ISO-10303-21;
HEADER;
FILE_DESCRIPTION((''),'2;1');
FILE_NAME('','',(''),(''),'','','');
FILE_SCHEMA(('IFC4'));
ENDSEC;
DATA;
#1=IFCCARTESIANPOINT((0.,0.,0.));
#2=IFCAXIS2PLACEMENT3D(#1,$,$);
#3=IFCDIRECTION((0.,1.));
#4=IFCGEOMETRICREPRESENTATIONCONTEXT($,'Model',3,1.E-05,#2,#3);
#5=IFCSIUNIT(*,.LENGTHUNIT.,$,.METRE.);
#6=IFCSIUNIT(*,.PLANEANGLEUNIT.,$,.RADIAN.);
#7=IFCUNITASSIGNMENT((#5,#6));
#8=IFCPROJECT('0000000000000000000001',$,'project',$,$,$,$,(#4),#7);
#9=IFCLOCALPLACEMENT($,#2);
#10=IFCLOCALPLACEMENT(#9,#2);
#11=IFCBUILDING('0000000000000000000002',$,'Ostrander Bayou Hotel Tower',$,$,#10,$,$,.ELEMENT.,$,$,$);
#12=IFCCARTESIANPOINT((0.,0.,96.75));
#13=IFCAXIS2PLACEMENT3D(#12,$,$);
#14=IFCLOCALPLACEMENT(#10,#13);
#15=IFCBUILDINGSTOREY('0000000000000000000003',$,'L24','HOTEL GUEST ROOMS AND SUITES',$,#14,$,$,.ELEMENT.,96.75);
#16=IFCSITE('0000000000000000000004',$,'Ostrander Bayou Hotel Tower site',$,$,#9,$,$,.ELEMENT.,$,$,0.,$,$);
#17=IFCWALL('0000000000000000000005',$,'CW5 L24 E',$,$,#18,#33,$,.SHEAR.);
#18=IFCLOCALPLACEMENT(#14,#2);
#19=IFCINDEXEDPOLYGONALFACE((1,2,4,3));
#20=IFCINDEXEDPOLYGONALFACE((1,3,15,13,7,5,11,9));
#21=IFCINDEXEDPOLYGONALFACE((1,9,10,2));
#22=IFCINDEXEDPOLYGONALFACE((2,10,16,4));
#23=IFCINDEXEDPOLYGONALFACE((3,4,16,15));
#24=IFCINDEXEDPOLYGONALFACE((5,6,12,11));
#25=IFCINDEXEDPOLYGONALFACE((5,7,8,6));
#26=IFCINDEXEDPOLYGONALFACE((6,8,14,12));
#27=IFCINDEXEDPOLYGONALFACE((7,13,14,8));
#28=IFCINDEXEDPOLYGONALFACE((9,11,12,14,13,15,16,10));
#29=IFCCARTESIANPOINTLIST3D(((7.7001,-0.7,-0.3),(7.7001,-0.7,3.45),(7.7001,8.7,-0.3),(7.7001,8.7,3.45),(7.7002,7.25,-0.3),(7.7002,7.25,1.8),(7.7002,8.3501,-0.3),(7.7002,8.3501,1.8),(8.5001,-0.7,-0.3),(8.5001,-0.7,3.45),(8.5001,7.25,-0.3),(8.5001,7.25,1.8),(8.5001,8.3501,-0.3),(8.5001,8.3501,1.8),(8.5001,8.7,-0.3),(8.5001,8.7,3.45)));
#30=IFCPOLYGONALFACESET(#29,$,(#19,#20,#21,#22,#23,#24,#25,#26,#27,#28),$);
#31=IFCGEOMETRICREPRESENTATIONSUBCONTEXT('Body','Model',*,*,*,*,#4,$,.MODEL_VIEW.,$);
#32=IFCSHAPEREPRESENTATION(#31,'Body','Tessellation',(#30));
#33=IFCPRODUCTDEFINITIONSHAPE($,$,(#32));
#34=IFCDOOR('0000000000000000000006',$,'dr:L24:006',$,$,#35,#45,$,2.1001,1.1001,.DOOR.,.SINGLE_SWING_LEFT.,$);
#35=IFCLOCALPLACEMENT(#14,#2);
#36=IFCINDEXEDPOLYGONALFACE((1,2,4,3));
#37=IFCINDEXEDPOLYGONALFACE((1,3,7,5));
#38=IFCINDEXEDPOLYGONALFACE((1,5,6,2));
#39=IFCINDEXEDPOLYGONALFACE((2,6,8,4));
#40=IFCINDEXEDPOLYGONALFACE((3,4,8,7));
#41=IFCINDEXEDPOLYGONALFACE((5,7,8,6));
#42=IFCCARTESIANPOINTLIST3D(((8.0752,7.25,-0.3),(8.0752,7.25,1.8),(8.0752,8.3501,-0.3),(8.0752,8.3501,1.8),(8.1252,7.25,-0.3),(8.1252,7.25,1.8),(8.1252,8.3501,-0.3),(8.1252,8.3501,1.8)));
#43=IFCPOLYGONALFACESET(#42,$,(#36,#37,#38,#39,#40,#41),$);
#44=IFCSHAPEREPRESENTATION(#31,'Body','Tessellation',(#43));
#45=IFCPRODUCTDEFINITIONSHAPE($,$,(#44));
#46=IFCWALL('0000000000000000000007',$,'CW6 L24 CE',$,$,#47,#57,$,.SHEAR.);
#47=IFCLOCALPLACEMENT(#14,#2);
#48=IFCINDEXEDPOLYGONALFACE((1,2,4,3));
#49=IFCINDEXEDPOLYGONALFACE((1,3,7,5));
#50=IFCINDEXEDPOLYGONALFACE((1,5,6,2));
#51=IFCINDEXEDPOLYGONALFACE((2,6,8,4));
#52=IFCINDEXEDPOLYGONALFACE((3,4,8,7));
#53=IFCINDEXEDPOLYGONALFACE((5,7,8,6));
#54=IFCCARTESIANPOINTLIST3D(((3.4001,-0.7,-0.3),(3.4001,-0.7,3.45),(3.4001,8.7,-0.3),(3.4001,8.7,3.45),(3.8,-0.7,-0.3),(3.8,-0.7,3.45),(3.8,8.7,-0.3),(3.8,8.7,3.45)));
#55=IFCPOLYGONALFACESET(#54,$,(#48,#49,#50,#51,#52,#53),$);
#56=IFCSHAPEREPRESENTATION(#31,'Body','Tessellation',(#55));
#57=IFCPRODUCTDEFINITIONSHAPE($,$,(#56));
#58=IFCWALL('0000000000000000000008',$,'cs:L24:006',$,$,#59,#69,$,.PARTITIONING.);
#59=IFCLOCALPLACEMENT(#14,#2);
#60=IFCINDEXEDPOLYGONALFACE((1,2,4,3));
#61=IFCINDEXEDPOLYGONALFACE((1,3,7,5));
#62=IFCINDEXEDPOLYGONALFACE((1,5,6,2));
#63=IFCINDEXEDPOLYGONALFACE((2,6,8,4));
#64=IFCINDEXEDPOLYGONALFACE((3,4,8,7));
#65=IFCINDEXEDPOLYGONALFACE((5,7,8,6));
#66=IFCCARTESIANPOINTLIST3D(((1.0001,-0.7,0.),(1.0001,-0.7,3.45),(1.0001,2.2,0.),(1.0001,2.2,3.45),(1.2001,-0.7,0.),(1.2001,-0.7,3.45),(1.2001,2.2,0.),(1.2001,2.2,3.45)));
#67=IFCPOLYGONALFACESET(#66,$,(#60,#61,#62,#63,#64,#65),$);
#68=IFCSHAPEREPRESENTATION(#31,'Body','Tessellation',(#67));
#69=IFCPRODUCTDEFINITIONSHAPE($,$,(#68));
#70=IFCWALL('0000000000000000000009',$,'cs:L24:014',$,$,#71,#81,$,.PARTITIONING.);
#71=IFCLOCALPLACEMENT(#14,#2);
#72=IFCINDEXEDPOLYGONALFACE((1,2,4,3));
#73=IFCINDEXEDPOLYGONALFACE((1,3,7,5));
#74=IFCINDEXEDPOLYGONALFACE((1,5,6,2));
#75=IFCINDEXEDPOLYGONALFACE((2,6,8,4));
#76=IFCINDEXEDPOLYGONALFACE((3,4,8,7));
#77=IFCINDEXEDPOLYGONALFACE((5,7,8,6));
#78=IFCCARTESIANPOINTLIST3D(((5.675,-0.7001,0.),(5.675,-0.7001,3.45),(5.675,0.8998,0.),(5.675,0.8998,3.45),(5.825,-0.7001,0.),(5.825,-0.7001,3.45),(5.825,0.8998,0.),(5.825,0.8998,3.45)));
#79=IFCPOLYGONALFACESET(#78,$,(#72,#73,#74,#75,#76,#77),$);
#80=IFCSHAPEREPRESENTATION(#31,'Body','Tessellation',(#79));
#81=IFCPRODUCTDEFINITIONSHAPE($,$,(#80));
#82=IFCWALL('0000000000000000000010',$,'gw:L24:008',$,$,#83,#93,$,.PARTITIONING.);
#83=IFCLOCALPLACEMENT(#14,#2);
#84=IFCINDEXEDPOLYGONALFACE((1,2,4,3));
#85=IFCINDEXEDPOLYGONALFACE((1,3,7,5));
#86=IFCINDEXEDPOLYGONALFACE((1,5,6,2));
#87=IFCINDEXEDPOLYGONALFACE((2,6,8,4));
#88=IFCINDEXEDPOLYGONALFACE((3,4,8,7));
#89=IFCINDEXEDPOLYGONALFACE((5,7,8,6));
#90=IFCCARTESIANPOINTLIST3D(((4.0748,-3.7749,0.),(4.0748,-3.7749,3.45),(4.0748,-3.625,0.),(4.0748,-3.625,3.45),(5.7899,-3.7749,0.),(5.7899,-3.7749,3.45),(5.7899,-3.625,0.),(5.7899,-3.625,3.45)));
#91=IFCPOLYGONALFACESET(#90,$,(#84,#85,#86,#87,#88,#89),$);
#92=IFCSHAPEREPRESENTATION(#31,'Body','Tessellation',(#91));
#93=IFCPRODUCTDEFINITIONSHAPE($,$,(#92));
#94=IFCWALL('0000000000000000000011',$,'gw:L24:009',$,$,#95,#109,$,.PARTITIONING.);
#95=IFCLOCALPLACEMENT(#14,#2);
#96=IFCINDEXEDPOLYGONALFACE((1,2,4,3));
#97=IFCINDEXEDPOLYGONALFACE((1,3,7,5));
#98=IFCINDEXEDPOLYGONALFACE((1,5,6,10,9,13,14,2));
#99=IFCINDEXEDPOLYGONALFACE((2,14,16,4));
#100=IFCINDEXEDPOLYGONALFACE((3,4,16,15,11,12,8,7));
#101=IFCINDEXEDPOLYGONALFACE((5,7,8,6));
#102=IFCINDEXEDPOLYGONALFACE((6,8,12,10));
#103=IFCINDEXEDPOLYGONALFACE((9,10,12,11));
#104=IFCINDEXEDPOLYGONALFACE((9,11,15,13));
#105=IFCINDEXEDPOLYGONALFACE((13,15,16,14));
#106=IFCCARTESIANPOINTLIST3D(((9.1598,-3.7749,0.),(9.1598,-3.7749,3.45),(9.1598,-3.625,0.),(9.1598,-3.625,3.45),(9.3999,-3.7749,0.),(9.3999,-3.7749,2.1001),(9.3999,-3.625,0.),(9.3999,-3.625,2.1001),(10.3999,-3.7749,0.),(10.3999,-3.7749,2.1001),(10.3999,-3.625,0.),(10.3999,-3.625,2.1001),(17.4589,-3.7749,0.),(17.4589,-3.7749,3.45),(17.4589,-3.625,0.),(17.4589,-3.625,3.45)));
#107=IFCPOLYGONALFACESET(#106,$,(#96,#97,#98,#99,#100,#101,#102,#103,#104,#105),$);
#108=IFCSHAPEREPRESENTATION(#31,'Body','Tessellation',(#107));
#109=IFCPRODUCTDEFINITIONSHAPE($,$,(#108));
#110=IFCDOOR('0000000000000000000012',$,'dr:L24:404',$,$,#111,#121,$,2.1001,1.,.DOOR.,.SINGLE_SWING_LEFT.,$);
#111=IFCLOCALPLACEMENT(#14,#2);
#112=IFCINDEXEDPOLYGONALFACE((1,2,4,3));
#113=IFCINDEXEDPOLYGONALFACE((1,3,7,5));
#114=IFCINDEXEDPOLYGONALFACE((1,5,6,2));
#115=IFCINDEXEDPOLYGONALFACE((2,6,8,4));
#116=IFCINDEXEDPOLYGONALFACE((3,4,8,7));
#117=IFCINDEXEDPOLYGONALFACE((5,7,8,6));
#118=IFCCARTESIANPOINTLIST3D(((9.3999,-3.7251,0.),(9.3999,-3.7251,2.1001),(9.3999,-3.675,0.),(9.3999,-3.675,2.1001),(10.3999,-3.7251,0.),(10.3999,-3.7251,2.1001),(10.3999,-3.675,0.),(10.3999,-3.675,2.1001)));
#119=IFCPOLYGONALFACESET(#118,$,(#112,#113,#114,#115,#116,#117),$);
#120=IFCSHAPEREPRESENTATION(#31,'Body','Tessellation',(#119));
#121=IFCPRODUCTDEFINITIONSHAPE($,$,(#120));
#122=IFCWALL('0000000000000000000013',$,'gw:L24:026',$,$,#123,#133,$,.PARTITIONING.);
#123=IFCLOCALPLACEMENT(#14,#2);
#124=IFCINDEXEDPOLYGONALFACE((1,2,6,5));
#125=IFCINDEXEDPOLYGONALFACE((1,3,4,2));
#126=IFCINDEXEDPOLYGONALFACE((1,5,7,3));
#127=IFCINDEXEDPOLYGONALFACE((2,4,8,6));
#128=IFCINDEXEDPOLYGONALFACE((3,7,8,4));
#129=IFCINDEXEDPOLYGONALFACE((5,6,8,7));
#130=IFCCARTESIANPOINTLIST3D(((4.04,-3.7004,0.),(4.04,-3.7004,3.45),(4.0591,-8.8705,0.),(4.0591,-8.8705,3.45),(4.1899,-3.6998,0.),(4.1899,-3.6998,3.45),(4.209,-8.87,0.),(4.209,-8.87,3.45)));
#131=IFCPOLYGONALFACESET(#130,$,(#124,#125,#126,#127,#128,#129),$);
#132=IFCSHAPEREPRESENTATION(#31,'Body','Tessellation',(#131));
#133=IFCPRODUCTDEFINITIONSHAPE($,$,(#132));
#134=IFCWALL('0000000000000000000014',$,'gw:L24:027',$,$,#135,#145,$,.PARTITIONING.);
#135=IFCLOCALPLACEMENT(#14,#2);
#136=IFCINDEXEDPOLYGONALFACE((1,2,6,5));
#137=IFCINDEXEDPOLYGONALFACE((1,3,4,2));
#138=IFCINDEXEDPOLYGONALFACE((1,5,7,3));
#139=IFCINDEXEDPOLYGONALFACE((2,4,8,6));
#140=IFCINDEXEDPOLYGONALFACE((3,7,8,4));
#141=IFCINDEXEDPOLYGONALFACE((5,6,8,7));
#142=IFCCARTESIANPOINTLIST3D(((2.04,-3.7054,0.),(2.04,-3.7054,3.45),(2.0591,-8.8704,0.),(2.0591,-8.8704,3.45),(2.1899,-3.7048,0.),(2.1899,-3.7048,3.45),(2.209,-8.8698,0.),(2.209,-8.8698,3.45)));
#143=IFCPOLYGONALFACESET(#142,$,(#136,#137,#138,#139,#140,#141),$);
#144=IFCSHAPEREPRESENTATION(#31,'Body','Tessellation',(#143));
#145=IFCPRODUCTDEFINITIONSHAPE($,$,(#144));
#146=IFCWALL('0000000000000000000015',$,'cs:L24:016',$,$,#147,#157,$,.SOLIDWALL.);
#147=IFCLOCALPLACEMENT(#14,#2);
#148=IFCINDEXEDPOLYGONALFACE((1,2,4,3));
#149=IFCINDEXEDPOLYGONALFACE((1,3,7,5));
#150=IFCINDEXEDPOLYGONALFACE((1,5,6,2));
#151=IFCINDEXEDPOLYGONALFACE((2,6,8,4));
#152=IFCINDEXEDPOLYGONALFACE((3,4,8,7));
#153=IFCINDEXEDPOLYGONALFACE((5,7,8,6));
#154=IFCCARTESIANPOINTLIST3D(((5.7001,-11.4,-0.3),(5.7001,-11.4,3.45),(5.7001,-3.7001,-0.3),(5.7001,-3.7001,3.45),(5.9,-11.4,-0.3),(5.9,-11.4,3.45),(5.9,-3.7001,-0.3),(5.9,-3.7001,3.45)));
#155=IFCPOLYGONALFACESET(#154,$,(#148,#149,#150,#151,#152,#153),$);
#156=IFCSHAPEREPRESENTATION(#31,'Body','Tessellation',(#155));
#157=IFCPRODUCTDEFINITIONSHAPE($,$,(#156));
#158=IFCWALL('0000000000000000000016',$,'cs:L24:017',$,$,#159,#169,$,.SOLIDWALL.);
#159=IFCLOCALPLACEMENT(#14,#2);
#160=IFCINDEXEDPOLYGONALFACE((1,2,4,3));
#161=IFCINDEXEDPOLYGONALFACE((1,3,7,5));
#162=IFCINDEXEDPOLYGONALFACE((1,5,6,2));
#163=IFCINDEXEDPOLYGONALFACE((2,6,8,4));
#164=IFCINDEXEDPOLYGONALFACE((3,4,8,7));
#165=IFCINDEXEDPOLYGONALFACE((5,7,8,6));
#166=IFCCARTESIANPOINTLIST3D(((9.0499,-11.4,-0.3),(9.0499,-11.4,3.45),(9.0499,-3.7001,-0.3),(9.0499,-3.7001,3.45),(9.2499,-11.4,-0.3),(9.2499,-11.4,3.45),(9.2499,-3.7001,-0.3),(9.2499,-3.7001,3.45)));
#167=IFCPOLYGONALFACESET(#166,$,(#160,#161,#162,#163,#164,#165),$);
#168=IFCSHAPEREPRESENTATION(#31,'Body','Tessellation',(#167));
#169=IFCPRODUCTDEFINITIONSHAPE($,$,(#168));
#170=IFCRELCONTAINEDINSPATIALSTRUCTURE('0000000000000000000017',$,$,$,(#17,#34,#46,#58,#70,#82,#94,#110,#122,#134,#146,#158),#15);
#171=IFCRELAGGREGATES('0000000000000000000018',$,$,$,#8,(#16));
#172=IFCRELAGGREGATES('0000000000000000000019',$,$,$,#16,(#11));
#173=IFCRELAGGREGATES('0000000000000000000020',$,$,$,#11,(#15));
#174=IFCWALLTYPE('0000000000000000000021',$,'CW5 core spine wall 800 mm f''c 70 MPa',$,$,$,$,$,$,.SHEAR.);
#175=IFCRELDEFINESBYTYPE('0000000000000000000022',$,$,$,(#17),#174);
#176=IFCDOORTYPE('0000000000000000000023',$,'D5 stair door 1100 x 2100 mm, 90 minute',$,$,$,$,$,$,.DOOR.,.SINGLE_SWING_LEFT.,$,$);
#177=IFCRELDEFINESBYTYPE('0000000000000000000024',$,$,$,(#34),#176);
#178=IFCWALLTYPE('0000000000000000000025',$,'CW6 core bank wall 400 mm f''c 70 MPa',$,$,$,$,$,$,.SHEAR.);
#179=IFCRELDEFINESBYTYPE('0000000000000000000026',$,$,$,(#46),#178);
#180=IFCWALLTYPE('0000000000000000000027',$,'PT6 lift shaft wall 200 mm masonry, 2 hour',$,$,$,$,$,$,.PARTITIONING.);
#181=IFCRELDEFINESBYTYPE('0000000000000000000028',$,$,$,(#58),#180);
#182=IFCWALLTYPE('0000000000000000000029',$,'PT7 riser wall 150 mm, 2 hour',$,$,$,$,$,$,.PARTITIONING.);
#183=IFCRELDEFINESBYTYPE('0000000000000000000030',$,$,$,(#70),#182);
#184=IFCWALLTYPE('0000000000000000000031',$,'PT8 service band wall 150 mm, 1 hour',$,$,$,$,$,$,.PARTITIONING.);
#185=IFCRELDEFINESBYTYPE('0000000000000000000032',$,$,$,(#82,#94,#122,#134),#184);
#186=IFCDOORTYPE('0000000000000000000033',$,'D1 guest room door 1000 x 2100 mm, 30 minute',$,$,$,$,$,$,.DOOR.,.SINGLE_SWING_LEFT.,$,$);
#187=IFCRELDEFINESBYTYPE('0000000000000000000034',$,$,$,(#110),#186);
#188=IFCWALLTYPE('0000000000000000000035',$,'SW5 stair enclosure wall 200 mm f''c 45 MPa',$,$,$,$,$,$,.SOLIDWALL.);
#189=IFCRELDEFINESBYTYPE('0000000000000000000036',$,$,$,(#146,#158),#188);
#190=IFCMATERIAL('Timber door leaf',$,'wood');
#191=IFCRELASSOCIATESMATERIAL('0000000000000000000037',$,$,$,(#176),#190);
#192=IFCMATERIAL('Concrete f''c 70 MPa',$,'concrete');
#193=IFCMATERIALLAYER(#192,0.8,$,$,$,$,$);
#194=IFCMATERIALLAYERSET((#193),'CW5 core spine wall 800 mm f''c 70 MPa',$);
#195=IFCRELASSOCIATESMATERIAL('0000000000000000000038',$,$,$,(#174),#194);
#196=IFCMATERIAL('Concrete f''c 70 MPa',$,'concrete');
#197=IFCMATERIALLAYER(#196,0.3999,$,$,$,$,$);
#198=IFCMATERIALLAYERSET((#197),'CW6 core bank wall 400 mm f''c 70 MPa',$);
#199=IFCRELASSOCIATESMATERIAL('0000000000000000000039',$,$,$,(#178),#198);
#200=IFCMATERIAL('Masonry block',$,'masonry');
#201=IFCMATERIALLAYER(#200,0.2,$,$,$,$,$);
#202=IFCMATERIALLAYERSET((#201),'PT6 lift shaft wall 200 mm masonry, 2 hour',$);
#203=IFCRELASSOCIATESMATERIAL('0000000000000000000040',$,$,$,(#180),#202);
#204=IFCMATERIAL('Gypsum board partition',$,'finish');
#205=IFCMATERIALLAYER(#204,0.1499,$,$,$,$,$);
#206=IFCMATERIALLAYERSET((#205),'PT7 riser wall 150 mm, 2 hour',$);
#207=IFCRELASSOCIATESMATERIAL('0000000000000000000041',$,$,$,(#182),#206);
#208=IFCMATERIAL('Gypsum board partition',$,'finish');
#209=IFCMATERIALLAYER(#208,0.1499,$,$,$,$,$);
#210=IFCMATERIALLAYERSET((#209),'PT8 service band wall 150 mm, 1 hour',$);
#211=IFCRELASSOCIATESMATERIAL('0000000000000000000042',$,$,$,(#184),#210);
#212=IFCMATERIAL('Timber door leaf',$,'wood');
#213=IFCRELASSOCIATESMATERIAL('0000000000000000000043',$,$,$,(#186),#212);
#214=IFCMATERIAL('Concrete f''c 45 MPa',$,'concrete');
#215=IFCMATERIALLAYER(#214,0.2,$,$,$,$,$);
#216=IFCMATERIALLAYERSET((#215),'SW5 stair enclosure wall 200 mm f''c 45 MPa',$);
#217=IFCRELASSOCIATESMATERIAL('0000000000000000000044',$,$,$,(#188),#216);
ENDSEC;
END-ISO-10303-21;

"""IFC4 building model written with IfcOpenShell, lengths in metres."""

from ifc_helpers import new_model, si_unit, direction, frame, frame_2d, origin, place, context, subcontext, project, spatial, rectangle, extrude, material, layer, layer_set, type_object, element, fill, save


model = new_model("IFC4")

# Units and contexts
model_context = context("Model", 3, precision=1e-05, world=origin(), true_north=direction((0.0, 1.0)))
body_context = subcontext(model_context, "Body", "Model", "MODEL_VIEW")
ifc_project = project(units=[si_unit("LENGTHUNIT", "METRE"), si_unit("PLANEANGLEUNIT", "RADIAN")], contexts=[model_context])

# Site, building, storey
site_placement = place(None, origin())
site = spatial("IfcSite", under=ifc_project, at=site_placement, Name="Ostrander Bayou Hotel Tower site", CompositionType="ELEMENT", RefElevation=0.0)
building_placement = place(site_placement, origin())
building = spatial("IfcBuilding", under=site, at=building_placement, Name="Ostrander Bayou Hotel Tower", CompositionType="ELEMENT")
storey_placement = place(building_placement, frame((0.0, 0.0, 96.75)))
storey = spatial("IfcBuildingStorey", under=building, at=storey_placement, Name="L24", Description="HOTEL GUEST ROOMS AND SUITES", CompositionType="ELEMENT", Elevation=96.75)

# Shared definitions
ifc_material_1 = material(Name="Timber door leaf", Category="wood")
door_type_1 = type_object("IfcDoorType", Name="D5 stair door 1100 x 2100 mm, 90 minute", OperationType="SINGLE_SWING_LEFT", PredefinedType="DOOR", material=ifc_material_1)

# Wall, opening, door
ifc_material_2 = material(Name="Concrete f'c 70 MPa", Category="concrete")
ifc_layer_1 = layer(ifc_material_2, 0.8)
ifc_layer_set_1 = layer_set([ifc_layer_1], Name="CW5 core spine wall 800 mm f'c 70 MPa")
wall_type_1 = type_object("IfcWallType", Name="CW5 core spine wall 800 mm f'c 70 MPa", PredefinedType="SHEAR", material=ifc_layer_set_1)
wall_1_placement = place(storey_placement, frame((8.1001, -0.7, -0.3), z_axis=(0.0, 0.0, 1.0), x_axis=(0.0, 1.0, 0.0)))
wall_1 = element("IfcWall", 1, at=wall_1_placement, inside=storey, type_object=wall_type_1, Name="CW5 L24 E", PredefinedType="SHEAR", context=body_context, shape_type="SweptSolid", body=[
    extrude(rectangle(XDim=9.3999, YDim=0.8, at=frame_2d((4.7, 0.0))), origin(), (0.0, 0.0, 1.0), 3.75),
])
opening_1_placement = place(wall_1_placement, frame((7.95, 0.0, 0.0)))
opening_1 = element("IfcOpeningElement", 2, at=opening_1_placement, cuts=wall_1, PredefinedType="OPENING", context=body_context, shape_type="SweptSolid", body=[
    extrude(rectangle(XDim=1.1001, YDim=2.1001, at=frame_2d((0.55, 1.05))), frame((0.0, 0.3999, 0.0), z_axis=(0.0, -1.0, 0.0), x_axis=(1.0, 0.0, 0.0)), (0.0, 0.0, 1.0), 0.8),
])
door_1_placement = place(opening_1_placement, origin())
door_1 = element("IfcDoor", 3, at=door_1_placement, inside=storey, type_object=door_type_1, Name="dr:L24:006", OperationType="SINGLE_SWING_LEFT", OverallHeight=2.1001, OverallWidth=1.1001, PredefinedType="DOOR", context=body_context, shape_type="SweptSolid", body=[
    extrude(rectangle(XDim=1.1001, YDim=2.1001, at=frame_2d((0.55, 1.05))), frame((0.0, 0.0249, 0.0), z_axis=(0.0, -1.0, 0.0), x_axis=(1.0, 0.0, 0.0)), (0.0, 0.0, 1.0), 0.05),
])
fill(opening_1, door_1)

# Walls
ifc_material_3 = material(Name="Concrete f'c 70 MPa", Category="concrete")
ifc_layer_2 = layer(ifc_material_3, 0.3999)
ifc_layer_set_2 = layer_set([ifc_layer_2], Name="CW6 core bank wall 400 mm f'c 70 MPa")
wall_type_2 = type_object("IfcWallType", Name="CW6 core bank wall 400 mm f'c 70 MPa", PredefinedType="SHEAR", material=ifc_layer_set_2)
wall_2_placement = place(storey_placement, frame((3.6001, -0.7, -0.3), z_axis=(0.0, 0.0, 1.0), x_axis=(0.0, 1.0, 0.0)))
element("IfcWall", 4, at=wall_2_placement, inside=storey, type_object=wall_type_2, Name="CW6 L24 CE", PredefinedType="SHEAR", context=body_context, shape_type="SweptSolid", body=[
    extrude(rectangle(XDim=9.3999, YDim=0.3999, at=frame_2d((4.7, 0.0))), origin(), (0.0, 0.0, 1.0), 3.75),
])
ifc_material_4 = material(Name="Masonry block", Category="masonry")
ifc_layer_3 = layer(ifc_material_4, 0.2)
ifc_layer_set_3 = layer_set([ifc_layer_3], Name="PT6 lift shaft wall 200 mm masonry, 2 hour")
wall_type_3 = type_object("IfcWallType", Name="PT6 lift shaft wall 200 mm masonry, 2 hour", PredefinedType="PARTITIONING", material=ifc_layer_set_3)
wall_3_placement = place(storey_placement, frame((1.1001, -0.7, 0.0), z_axis=(0.0, 0.0, 1.0), x_axis=(0.0, 1.0, 0.0)))
element("IfcWall", 5, at=wall_3_placement, inside=storey, type_object=wall_type_3, Name="cs:L24:006", PredefinedType="PARTITIONING", context=body_context, shape_type="SweptSolid", body=[
    extrude(rectangle(XDim=2.8999, YDim=0.2, at=frame_2d((1.45, 0.0))), origin(), (0.0, 0.0, 1.0), 3.45),
])
ifc_material_5 = material(Name="Gypsum board partition", Category="finish")
ifc_layer_4 = layer(ifc_material_5, 0.1499)
ifc_layer_set_4 = layer_set([ifc_layer_4], Name="PT7 riser wall 150 mm, 2 hour")
wall_type_4 = type_object("IfcWallType", Name="PT7 riser wall 150 mm, 2 hour", PredefinedType="PARTITIONING", material=ifc_layer_set_4)
wall_4_placement = place(storey_placement, frame((5.75, -0.7, 0.0), z_axis=(0.0, 0.0, 1.0), x_axis=(0.0, 1.0, 0.0)))
element("IfcWall", 6, at=wall_4_placement, inside=storey, type_object=wall_type_4, Name="cs:L24:014", PredefinedType="PARTITIONING", context=body_context, shape_type="SweptSolid", body=[
    extrude(rectangle(XDim=1.5999, YDim=0.1499, at=frame_2d((0.7998, 0.0))), origin(), (0.0, 0.0, 1.0), 3.45),
])
ifc_material_6 = material(Name="Gypsum board partition", Category="finish")
ifc_layer_5 = layer(ifc_material_6, 0.1499)
ifc_layer_set_5 = layer_set([ifc_layer_5], Name="PT8 service band wall 150 mm, 1 hour")
wall_type_5 = type_object("IfcWallType", Name="PT8 service band wall 150 mm, 1 hour", PredefinedType="PARTITIONING", material=ifc_layer_set_5)
wall_5_placement = place(storey_placement, frame((4.075, -3.7, 0.0), z_axis=(0.0, 0.0, 1.0), x_axis=(1.0, 0.0, 0.0)))
element("IfcWall", 7, at=wall_5_placement, inside=storey, type_object=wall_type_5, Name="gw:L24:008", PredefinedType="PARTITIONING", context=body_context, shape_type="SweptSolid", body=[
    extrude(rectangle(XDim=1.7151, YDim=0.1499, at=frame_2d((0.8574, 0.0))), origin(), (0.0, 0.0, 1.0), 3.45),
])

# Wall, opening, door
wall_6_placement = place(storey_placement, frame((9.1599, -3.7, 0.0), z_axis=(0.0, 0.0, 1.0), x_axis=(1.0, 0.0, 0.0)))
wall_6 = element("IfcWall", 8, at=wall_6_placement, inside=storey, type_object=wall_type_5, Name="gw:L24:009", PredefinedType="PARTITIONING", context=body_context, shape_type="SweptSolid", body=[
    extrude(rectangle(XDim=8.2991, YDim=0.1499, at=frame_2d((4.1494, 0.0))), origin(), (0.0, 0.0, 1.0), 3.45),
])
opening_2_placement = place(wall_6_placement, frame((0.24, 0.0, 0.0)))
opening_2 = element("IfcOpeningElement", 9, at=opening_2_placement, cuts=wall_6, PredefinedType="OPENING", context=body_context, shape_type="SweptSolid", body=[
    extrude(rectangle(XDim=1.0, YDim=2.1001, at=frame_2d((0.5, 1.05))), frame((0.0, 0.075, 0.0), z_axis=(0.0, -1.0, 0.0), x_axis=(1.0, 0.0, 0.0)), (0.0, 0.0, 1.0), 0.1499),
])
ifc_material_7 = material(Name="Timber door leaf", Category="wood")
door_type_2 = type_object("IfcDoorType", Name="D1 guest room door 1000 x 2100 mm, 30 minute", OperationType="SINGLE_SWING_LEFT", PredefinedType="DOOR", material=ifc_material_7)
door_2_placement = place(opening_2_placement, origin())
door_2 = element("IfcDoor", 10, at=door_2_placement, inside=storey, type_object=door_type_2, Name="dr:L24:404", OperationType="SINGLE_SWING_LEFT", OverallHeight=2.1001, OverallWidth=1.0, PredefinedType="DOOR", context=body_context, shape_type="SweptSolid", body=[
    extrude(rectangle(XDim=1.0, YDim=2.1001, at=frame_2d((0.5, 1.05))), frame((0.0, 0.0249, 0.0), z_axis=(0.0, -1.0, 0.0), x_axis=(1.0, 0.0, 0.0)), (0.0, 0.0, 1.0), 0.05),
])
fill(opening_2, door_2)

# Walls
wall_7_placement = place(storey_placement, frame((4.134, -8.8701, 0.0), z_axis=(0.0, 0.0, 1.0), x_axis=(-0.003683, 0.999993, 0.0)))
element("IfcWall", 11, at=wall_7_placement, inside=storey, type_object=wall_type_5, Name="gw:L24:026", PredefinedType="PARTITIONING", context=body_context, shape_type="SweptSolid", body=[
    extrude(rectangle(XDim=5.1702, YDim=0.1499, at=frame_2d((2.585, 0.0))), origin(), (0.0, 0.0, 1.0), 3.45),
])
wall_8_placement = place(storey_placement, frame((2.134, -8.8701, 0.0), z_axis=(0.0, 0.0, 1.0), x_axis=(-0.003687, 0.999993, 0.0)))
element("IfcWall", 12, at=wall_8_placement, inside=storey, type_object=wall_type_5, Name="gw:L24:027", PredefinedType="PARTITIONING", context=body_context, shape_type="SweptSolid", body=[
    extrude(rectangle(XDim=5.165, YDim=0.1499, at=frame_2d((2.5825, 0.0))), origin(), (0.0, 0.0, 1.0), 3.45),
])

# Shared definitions
ifc_material_8 = material(Name="Concrete f'c 45 MPa", Category="concrete")
ifc_layer_6 = layer(ifc_material_8, 0.2)
ifc_layer_set_6 = layer_set([ifc_layer_6], Name="SW5 stair enclosure wall 200 mm f'c 45 MPa")
wall_type_6 = type_object("IfcWallType", Name="SW5 stair enclosure wall 200 mm f'c 45 MPa", PredefinedType="SOLIDWALL", material=ifc_layer_set_6)

# Walls
for number, where, z_axis, x_axis, name in (
    (13, (5.8, -3.7, -0.3), (0.0, 0.0, 1.0), (0.0, -1.0, 0.0), "cs:L24:016"),
    (14, (9.1499, -3.7, -0.3), (0.0, 0.0, 1.0), (0.0, -1.0, 0.0), "cs:L24:017"),
):
    element("IfcWall", number, at=place(storey_placement, frame(where, z_axis=z_axis, x_axis=x_axis)), inside=storey, type_object=wall_type_6, Name=name, PredefinedType="SOLIDWALL", context=body_context, shape_type="SweptSolid", body=[
        extrude(rectangle(XDim=7.7, YDim=0.2, at=frame_2d((3.8501, 0.0))), origin(), (0.0, 0.0, 1.0), 3.75),
    ])

save(model, "model.ifc")
